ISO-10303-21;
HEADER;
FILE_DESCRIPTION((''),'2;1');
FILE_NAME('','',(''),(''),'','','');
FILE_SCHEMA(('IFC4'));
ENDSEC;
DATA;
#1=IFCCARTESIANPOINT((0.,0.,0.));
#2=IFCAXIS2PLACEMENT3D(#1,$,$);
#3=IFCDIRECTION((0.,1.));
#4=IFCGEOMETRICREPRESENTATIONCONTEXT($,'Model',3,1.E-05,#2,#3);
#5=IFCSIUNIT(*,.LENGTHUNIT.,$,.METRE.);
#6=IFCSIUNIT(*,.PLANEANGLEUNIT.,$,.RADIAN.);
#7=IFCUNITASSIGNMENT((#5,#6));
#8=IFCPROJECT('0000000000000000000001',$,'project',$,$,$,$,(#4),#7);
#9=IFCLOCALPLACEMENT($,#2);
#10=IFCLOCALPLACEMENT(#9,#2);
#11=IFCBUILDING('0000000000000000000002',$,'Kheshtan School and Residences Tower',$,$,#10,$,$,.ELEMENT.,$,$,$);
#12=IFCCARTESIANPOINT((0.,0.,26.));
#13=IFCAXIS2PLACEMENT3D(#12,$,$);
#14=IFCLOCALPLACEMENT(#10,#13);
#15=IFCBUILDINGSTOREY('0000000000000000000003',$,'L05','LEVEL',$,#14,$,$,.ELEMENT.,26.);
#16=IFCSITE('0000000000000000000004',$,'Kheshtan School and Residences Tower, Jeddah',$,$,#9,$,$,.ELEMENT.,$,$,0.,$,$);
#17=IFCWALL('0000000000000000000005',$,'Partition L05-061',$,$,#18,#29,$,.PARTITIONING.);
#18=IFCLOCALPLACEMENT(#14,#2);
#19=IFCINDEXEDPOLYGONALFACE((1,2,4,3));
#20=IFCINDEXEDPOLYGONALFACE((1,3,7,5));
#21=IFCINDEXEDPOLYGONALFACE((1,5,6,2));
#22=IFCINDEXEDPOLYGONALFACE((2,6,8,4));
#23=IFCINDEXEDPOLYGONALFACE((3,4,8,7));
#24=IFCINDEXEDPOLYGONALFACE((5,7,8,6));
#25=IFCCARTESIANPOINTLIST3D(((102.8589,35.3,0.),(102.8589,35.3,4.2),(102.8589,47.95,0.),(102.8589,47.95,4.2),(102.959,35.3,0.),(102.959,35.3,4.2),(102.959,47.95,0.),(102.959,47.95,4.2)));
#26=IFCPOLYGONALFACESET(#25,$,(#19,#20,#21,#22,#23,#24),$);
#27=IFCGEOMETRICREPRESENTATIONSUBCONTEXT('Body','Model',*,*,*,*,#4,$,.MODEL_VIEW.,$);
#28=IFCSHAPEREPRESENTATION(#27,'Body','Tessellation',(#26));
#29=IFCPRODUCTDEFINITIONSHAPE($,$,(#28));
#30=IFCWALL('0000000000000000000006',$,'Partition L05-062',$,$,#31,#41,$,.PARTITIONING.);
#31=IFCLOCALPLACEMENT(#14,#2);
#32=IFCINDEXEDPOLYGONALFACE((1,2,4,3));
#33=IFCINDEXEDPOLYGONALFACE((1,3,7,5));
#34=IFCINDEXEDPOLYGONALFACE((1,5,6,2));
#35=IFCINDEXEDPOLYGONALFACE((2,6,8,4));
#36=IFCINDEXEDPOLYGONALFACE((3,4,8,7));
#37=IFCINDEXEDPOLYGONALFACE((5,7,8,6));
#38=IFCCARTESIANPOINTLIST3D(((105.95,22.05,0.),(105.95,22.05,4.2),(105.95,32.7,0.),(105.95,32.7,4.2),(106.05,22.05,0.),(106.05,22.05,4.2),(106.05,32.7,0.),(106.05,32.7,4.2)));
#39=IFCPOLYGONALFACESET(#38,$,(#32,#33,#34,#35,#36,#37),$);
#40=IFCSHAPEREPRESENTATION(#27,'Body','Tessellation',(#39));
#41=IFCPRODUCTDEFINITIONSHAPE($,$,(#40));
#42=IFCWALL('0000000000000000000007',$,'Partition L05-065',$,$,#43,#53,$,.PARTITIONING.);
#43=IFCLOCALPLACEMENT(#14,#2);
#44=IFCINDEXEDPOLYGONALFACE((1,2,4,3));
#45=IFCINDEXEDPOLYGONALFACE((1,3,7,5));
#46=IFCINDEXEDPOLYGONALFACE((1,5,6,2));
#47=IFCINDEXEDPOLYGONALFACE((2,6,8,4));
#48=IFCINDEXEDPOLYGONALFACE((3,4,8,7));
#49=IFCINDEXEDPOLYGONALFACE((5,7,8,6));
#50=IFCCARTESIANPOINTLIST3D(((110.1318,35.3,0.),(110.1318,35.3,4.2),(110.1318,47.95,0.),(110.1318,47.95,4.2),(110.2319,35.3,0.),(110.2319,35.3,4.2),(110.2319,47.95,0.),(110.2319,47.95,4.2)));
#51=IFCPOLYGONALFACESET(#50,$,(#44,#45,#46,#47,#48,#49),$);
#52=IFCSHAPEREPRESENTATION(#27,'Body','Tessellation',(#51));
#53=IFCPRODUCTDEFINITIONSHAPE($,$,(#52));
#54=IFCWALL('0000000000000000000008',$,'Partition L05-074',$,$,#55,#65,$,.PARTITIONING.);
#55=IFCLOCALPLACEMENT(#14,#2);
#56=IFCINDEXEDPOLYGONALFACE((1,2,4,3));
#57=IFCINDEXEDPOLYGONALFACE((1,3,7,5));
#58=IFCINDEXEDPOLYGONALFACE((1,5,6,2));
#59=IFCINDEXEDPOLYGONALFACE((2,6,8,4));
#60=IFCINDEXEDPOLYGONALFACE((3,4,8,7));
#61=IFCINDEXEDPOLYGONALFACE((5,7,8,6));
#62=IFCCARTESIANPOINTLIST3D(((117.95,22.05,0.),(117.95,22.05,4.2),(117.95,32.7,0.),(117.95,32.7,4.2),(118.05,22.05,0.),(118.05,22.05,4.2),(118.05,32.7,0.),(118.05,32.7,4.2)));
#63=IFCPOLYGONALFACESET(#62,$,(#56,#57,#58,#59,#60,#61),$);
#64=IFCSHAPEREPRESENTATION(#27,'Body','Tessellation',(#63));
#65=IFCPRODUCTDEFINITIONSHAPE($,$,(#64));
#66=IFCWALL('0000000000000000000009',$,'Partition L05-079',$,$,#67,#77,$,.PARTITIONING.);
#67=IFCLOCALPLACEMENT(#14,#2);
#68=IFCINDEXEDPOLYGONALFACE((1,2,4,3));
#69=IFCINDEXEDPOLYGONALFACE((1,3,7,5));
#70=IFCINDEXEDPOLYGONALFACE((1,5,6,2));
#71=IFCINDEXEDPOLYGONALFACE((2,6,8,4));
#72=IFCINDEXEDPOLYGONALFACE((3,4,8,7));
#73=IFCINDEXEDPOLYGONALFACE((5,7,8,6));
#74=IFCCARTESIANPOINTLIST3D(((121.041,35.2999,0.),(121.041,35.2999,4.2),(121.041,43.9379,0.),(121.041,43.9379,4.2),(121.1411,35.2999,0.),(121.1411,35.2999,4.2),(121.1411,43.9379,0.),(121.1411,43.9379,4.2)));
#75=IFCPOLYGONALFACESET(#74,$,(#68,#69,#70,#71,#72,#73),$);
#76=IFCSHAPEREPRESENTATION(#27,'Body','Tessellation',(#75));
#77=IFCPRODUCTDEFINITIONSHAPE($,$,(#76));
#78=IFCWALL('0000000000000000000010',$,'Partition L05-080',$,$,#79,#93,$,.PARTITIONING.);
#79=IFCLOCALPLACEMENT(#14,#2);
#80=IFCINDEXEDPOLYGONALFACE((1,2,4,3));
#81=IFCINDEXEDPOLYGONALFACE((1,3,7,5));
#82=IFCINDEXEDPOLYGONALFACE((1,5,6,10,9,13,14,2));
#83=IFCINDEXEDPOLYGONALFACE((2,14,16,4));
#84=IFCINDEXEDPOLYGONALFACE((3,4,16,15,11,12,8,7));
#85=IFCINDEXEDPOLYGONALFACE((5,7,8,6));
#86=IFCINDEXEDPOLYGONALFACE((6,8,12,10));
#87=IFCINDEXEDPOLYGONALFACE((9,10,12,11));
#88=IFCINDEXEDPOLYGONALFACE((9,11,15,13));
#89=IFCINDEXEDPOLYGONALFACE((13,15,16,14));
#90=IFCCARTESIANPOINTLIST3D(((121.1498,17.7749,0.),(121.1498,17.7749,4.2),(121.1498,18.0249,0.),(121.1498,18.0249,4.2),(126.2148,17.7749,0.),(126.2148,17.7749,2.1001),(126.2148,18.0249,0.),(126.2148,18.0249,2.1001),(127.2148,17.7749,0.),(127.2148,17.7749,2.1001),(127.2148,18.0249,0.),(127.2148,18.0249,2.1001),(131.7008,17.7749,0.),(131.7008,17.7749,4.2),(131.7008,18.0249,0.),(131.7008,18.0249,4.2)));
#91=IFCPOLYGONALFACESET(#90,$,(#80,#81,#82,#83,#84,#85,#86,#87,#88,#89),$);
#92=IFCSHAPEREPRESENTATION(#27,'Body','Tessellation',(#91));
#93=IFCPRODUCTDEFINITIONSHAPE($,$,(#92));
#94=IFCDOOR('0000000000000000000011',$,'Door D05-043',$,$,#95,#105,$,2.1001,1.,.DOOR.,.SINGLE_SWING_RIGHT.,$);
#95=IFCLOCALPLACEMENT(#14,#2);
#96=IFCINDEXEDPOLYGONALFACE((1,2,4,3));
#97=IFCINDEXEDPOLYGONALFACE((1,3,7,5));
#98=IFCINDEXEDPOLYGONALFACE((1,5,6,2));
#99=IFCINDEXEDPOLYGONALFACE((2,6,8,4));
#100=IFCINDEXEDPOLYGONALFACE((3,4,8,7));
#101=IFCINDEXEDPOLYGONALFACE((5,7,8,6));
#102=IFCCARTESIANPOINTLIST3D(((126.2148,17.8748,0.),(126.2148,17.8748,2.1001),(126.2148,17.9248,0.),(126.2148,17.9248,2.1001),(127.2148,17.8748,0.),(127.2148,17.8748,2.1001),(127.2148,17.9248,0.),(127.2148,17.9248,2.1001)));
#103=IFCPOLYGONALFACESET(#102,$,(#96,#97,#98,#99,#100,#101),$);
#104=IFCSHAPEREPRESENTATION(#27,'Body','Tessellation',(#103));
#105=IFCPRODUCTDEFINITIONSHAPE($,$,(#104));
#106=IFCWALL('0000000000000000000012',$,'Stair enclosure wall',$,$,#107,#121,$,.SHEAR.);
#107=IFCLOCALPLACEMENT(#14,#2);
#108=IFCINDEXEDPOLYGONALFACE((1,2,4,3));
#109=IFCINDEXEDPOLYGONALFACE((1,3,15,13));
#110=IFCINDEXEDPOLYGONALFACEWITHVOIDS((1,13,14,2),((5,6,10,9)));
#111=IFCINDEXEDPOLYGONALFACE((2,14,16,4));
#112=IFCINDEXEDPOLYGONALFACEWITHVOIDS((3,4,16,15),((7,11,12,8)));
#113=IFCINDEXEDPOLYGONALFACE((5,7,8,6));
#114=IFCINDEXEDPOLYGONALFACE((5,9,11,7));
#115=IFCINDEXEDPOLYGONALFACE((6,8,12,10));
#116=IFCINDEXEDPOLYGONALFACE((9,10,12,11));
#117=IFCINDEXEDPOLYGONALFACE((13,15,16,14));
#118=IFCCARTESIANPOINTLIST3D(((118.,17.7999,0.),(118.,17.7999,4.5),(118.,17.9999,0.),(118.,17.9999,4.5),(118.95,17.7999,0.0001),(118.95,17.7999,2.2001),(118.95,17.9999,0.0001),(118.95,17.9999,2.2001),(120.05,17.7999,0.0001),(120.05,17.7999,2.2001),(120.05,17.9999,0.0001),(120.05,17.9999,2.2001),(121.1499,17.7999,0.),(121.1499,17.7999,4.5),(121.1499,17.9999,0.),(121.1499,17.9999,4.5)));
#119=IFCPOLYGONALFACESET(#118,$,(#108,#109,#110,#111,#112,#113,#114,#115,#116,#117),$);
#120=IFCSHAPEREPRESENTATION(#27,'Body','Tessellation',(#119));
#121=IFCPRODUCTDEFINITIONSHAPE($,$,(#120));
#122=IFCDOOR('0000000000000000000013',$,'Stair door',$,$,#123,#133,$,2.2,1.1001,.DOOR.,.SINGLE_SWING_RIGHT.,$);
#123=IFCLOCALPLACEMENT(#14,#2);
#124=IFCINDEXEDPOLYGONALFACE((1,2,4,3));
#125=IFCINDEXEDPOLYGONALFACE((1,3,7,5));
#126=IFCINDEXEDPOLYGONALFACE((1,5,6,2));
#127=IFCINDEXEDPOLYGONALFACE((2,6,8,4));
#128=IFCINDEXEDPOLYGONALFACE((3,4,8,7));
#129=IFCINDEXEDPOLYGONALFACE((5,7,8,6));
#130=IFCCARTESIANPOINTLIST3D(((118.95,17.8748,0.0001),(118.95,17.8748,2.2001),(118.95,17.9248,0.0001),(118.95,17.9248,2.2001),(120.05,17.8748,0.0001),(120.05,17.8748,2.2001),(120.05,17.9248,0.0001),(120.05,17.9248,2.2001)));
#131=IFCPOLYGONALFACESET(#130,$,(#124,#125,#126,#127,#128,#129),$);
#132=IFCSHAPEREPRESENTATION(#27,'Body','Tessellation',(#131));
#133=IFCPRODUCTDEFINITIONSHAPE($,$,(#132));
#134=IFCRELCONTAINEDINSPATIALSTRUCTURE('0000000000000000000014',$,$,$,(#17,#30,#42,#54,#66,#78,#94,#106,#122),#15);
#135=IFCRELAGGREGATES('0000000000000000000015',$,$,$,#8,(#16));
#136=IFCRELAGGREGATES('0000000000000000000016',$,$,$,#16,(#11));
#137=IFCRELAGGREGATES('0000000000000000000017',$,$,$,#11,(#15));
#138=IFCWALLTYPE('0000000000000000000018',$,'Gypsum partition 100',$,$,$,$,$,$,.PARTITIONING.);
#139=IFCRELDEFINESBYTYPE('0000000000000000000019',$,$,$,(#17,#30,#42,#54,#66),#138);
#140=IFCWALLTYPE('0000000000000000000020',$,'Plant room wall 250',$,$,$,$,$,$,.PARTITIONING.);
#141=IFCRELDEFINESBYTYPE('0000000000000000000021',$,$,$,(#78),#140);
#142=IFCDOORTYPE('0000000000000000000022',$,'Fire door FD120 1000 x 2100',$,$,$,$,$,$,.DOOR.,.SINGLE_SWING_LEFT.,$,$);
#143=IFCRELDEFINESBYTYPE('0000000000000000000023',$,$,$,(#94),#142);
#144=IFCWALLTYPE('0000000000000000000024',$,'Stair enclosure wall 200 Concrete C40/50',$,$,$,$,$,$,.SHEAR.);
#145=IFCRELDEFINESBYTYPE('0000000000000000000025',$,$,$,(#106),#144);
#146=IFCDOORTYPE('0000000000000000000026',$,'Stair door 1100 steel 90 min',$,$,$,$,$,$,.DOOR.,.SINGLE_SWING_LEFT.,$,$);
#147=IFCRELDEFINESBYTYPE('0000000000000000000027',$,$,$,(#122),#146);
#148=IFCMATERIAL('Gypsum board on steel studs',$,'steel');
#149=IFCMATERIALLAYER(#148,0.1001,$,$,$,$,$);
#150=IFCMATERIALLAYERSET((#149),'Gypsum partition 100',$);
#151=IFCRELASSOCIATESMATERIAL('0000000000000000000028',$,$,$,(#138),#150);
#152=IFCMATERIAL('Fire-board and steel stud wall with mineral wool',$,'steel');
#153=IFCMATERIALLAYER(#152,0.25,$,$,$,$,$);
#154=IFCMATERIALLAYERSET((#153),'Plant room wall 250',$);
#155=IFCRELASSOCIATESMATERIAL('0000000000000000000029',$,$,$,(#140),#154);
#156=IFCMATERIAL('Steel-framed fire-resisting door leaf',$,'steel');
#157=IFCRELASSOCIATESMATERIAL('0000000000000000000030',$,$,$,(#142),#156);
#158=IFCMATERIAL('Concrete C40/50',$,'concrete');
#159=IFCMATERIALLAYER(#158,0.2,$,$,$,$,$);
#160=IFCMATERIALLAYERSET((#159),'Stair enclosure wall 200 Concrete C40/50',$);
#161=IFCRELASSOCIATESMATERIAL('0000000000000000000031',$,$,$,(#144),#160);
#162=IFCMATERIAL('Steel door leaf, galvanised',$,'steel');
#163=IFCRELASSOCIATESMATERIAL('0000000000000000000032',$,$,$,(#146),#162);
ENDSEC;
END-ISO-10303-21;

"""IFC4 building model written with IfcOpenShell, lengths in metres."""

from ifc_helpers import new_model, si_unit, direction, frame, frame_2d, origin, place, context, subcontext, project, spatial, rectangle, extrude, source, transform, mapped, material, layer, layer_set, type_object, element, fill, save


model = new_model("IFC4")

# Units and contexts
model_context = context("Model", 3, precision=1e-05, world=origin(), true_north=direction((0.0, 1.0)))
body_context = subcontext(model_context, "Body", "Model", "MODEL_VIEW")
ifc_project = project(units=[si_unit("LENGTHUNIT", "METRE"), si_unit("PLANEANGLEUNIT", "RADIAN")], contexts=[model_context])

# Site, building, storey
site_placement = place(None, origin())
site = spatial("IfcSite", under=ifc_project, at=site_placement, Name="Kheshtan School and Residences Tower, Jeddah", CompositionType="ELEMENT", RefElevation=0.0)
building_placement = place(site_placement, origin())
building = spatial("IfcBuilding", under=site, at=building_placement, Name="Kheshtan School and Residences Tower", CompositionType="ELEMENT")
storey_placement = place(building_placement, frame((0.0, 0.0, 26.0)))
storey = spatial("IfcBuildingStorey", under=building, at=storey_placement, Name="L05", Description="LEVEL", CompositionType="ELEMENT", Elevation=26.0)

# Shared definitions
ifc_material_1 = material(Name="Steel-framed fire-resisting door leaf", Category="steel")

# Walls
ifc_material_2 = material(Name="Gypsum board on steel studs", Category="steel")
ifc_layer_1 = layer(ifc_material_2, 0.1001)
ifc_layer_set_1 = layer_set([ifc_layer_1], Name="Gypsum partition 100")
wall_type_1 = type_object("IfcWallType", Name="Gypsum partition 100", PredefinedType="PARTITIONING", material=ifc_layer_set_1)
wall_1_placement = place(storey_placement, frame((102.9089, 35.3, 0.0), z_axis=(0.0, 0.0, 1.0), x_axis=(0.0, 1.0, 0.0)))
element("IfcWall", 1, at=wall_1_placement, inside=storey, type_object=wall_type_1, Name="Partition L05-061", PredefinedType="PARTITIONING", context=body_context, shape_type="SweptSolid", body=[
    extrude(rectangle(XDim=12.6499, YDim=0.1001, at=frame_2d((6.325, 0.0))), origin(), (0.0, 0.0, 1.0), 4.2),
])
wall_2_placement = place(storey_placement, frame((106.0, 22.05, 0.0), z_axis=(0.0, 0.0, 1.0), x_axis=(0.0, 1.0, 0.0)))
element("IfcWall", 2, at=wall_2_placement, inside=storey, type_object=wall_type_1, Name="Partition L05-062", PredefinedType="PARTITIONING", context=body_context, shape_type="SweptSolid", body=[
    extrude(rectangle(XDim=10.6499, YDim=0.1001, at=frame_2d((5.325, 0.0))), origin(), (0.0, 0.0, 1.0), 4.2),
])
wall_3_placement = place(storey_placement, frame((110.1819, 35.3, 0.0), z_axis=(0.0, 0.0, 1.0), x_axis=(0.0, 1.0, 0.0)))
element("IfcWall", 3, at=wall_3_placement, inside=storey, type_object=wall_type_1, Name="Partition L05-065", PredefinedType="PARTITIONING", context=body_context, shape_type="SweptSolid", body=[
    extrude(rectangle(XDim=12.6499, YDim=0.1001, at=frame_2d((6.325, 0.0))), origin(), (0.0, 0.0, 1.0), 4.2),
])
wall_4_placement = place(storey_placement, frame((118.0, 22.05, 0.0), z_axis=(0.0, 0.0, 1.0), x_axis=(0.0, 1.0, 0.0)))
element("IfcWall", 4, at=wall_4_placement, inside=storey, type_object=wall_type_1, Name="Partition L05-074", PredefinedType="PARTITIONING", context=body_context, shape_type="SweptSolid", body=[
    extrude(rectangle(XDim=10.6499, YDim=0.1001, at=frame_2d((5.325, 0.0))), origin(), (0.0, 0.0, 1.0), 4.2),
])
wall_5_placement = place(storey_placement, frame((121.0911, 35.3, 0.0), z_axis=(0.0, 0.0, 1.0), x_axis=(0.0, 1.0, 0.0)))
element("IfcWall", 5, at=wall_5_placement, inside=storey, type_object=wall_type_1, Name="Partition L05-079", PredefinedType="PARTITIONING", context=body_context, shape_type="SweptSolid", body=[
    extrude(rectangle(XDim=8.6379, YDim=0.1001, at=frame_2d((4.3188, 0.0))), origin(), (0.0, 0.0, 1.0), 4.2),
])

# Walls, openings, doors
ifc_material_3 = material(Name="Fire-board and steel stud wall with mineral wool", Category="steel")
ifc_layer_2 = layer(ifc_material_3, 0.25)
ifc_layer_set_2 = layer_set([ifc_layer_2], Name="Plant room wall 250")
wall_type_2 = type_object("IfcWallType", Name="Plant room wall 250", PredefinedType="PARTITIONING", material=ifc_layer_set_2)
wall_6_placement = place(storey_placement, frame((121.1499, 17.8999, 0.0), z_axis=(0.0, 0.0, 1.0), x_axis=(1.0, 0.0, 0.0)))
wall_6 = element("IfcWall", 6, at=wall_6_placement, inside=storey, type_object=wall_type_2, Name="Partition L05-080", PredefinedType="PARTITIONING", context=body_context, shape_type="SweptSolid", body=[
    extrude(rectangle(XDim=10.551, YDim=0.25, at=frame_2d((5.2754, 0.0))), origin(), (0.0, 0.0, 1.0), 4.2),
])
opening_1_placement = place(wall_6_placement, frame((5.0649, 0.0, 0.0)))
opening_1 = element("IfcOpeningElement", 7, at=opening_1_placement, cuts=wall_6, PredefinedType="OPENING", context=body_context, shape_type="SweptSolid", body=[
    extrude(rectangle(XDim=1.0, YDim=2.1001, at=frame_2d((0.5, 1.05))), frame((0.0, 0.135, 0.0), z_axis=(0.0, -1.0, 0.0), x_axis=(1.0, 0.0, 0.0)), (0.0, 0.0, 1.0), 0.27),
])
door_type_1 = type_object("IfcDoorType", Name="Fire door FD120 1000 x 2100", OperationType="SINGLE_SWING_LEFT", PredefinedType="DOOR", material=ifc_material_1)
shared_shape_1 = source(origin(), body_context, "Body", "SweptSolid", [
    extrude(rectangle(XDim=1.0, YDim=2.1001, at=frame_2d((0.5, 1.05))), frame((0.0, 0.0249, 0.0), z_axis=(0.0, -1.0, 0.0), x_axis=(1.0, 0.0, 0.0)), (0.0, 0.0, 1.0), 0.05),
])
door_1_placement = place(opening_1_placement, origin())
door_1 = element("IfcDoor", 8, at=door_1_placement, inside=storey, type_object=door_type_1, Name="Door D05-043", OperationType="SINGLE_SWING_RIGHT", OverallHeight=2.1001, OverallWidth=1.0, PredefinedType="DOOR", context=body_context, shape_type="MappedRepresentation", body=[
    mapped(shared_shape_1, transform((0.0, 0.0, 0.0), x_axis=(1.0, 0.0, 0.0), y_axis=(0.0, 1.0, 0.0), z_axis=(0.0, 0.0, 1.0), scale=1.0)),
])
fill(opening_1, door_1)
ifc_material_4 = material(Name="Concrete C40/50", Category="concrete")
ifc_layer_3 = layer(ifc_material_4, 0.2)
ifc_layer_set_3 = layer_set([ifc_layer_3], Name="Stair enclosure wall 200 Concrete C40/50")
wall_type_3 = type_object("IfcWallType", Name="Stair enclosure wall 200 Concrete C40/50", PredefinedType="SHEAR", material=ifc_layer_set_3)
wall_7_placement = place(storey_placement, frame((118.0, 17.8999, 0.0), z_axis=(0.0, 0.0, 1.0), x_axis=(1.0, 0.0, 0.0)))
wall_7 = element("IfcWall", 9, at=wall_7_placement, inside=storey, type_object=wall_type_3, Name="Stair enclosure wall", PredefinedType="SHEAR", context=body_context, shape_type="SweptSolid", body=[
    extrude(rectangle(XDim=3.1499, YDim=0.2, at=frame_2d((1.575, 0.0))), origin(), (0.0, 0.0, 1.0), 4.5),
])
opening_2_placement = place(wall_7_placement, frame((0.95, 0.0, 0.0)))
opening_2 = element("IfcOpeningElement", 10, at=opening_2_placement, cuts=wall_7, PredefinedType="OPENING", context=body_context, shape_type="SweptSolid", body=[
    extrude(rectangle(XDim=1.1001, YDim=2.2, at=frame_2d((0.55, 1.1001))), frame((0.0, 0.1099, 0.0), z_axis=(0.0, -1.0, 0.0), x_axis=(1.0, 0.0, 0.0)), (0.0, 0.0, 1.0), 0.22),
])
ifc_material_5 = material(Name="Steel door leaf, galvanised", Category="steel")
door_type_2 = type_object("IfcDoorType", Name="Stair door 1100 steel 90 min", OperationType="SINGLE_SWING_LEFT", PredefinedType="DOOR", material=ifc_material_5)
shared_shape_2 = source(origin(), body_context, "Body", "SweptSolid", [
    extrude(rectangle(XDim=1.1001, YDim=2.2, at=frame_2d((0.55, 1.1001))), frame((0.0, 0.0249, 0.0), z_axis=(0.0, -1.0, 0.0), x_axis=(1.0, 0.0, 0.0)), (0.0, 0.0, 1.0), 0.05),
])
door_2_placement = place(opening_2_placement, origin())
door_2 = element("IfcDoor", 11, at=door_2_placement, inside=storey, type_object=door_type_2, Name="Stair door", OperationType="SINGLE_SWING_RIGHT", OverallHeight=2.2, OverallWidth=1.1001, PredefinedType="DOOR", context=body_context, shape_type="MappedRepresentation", body=[
    mapped(shared_shape_2, transform((0.0, 0.0, 0.0), x_axis=(1.0, 0.0, 0.0), y_axis=(0.0, 1.0, 0.0), z_axis=(0.0, 0.0, 1.0), scale=1.0)),
])
fill(opening_2, door_2)

save(model, "model.ifc")
